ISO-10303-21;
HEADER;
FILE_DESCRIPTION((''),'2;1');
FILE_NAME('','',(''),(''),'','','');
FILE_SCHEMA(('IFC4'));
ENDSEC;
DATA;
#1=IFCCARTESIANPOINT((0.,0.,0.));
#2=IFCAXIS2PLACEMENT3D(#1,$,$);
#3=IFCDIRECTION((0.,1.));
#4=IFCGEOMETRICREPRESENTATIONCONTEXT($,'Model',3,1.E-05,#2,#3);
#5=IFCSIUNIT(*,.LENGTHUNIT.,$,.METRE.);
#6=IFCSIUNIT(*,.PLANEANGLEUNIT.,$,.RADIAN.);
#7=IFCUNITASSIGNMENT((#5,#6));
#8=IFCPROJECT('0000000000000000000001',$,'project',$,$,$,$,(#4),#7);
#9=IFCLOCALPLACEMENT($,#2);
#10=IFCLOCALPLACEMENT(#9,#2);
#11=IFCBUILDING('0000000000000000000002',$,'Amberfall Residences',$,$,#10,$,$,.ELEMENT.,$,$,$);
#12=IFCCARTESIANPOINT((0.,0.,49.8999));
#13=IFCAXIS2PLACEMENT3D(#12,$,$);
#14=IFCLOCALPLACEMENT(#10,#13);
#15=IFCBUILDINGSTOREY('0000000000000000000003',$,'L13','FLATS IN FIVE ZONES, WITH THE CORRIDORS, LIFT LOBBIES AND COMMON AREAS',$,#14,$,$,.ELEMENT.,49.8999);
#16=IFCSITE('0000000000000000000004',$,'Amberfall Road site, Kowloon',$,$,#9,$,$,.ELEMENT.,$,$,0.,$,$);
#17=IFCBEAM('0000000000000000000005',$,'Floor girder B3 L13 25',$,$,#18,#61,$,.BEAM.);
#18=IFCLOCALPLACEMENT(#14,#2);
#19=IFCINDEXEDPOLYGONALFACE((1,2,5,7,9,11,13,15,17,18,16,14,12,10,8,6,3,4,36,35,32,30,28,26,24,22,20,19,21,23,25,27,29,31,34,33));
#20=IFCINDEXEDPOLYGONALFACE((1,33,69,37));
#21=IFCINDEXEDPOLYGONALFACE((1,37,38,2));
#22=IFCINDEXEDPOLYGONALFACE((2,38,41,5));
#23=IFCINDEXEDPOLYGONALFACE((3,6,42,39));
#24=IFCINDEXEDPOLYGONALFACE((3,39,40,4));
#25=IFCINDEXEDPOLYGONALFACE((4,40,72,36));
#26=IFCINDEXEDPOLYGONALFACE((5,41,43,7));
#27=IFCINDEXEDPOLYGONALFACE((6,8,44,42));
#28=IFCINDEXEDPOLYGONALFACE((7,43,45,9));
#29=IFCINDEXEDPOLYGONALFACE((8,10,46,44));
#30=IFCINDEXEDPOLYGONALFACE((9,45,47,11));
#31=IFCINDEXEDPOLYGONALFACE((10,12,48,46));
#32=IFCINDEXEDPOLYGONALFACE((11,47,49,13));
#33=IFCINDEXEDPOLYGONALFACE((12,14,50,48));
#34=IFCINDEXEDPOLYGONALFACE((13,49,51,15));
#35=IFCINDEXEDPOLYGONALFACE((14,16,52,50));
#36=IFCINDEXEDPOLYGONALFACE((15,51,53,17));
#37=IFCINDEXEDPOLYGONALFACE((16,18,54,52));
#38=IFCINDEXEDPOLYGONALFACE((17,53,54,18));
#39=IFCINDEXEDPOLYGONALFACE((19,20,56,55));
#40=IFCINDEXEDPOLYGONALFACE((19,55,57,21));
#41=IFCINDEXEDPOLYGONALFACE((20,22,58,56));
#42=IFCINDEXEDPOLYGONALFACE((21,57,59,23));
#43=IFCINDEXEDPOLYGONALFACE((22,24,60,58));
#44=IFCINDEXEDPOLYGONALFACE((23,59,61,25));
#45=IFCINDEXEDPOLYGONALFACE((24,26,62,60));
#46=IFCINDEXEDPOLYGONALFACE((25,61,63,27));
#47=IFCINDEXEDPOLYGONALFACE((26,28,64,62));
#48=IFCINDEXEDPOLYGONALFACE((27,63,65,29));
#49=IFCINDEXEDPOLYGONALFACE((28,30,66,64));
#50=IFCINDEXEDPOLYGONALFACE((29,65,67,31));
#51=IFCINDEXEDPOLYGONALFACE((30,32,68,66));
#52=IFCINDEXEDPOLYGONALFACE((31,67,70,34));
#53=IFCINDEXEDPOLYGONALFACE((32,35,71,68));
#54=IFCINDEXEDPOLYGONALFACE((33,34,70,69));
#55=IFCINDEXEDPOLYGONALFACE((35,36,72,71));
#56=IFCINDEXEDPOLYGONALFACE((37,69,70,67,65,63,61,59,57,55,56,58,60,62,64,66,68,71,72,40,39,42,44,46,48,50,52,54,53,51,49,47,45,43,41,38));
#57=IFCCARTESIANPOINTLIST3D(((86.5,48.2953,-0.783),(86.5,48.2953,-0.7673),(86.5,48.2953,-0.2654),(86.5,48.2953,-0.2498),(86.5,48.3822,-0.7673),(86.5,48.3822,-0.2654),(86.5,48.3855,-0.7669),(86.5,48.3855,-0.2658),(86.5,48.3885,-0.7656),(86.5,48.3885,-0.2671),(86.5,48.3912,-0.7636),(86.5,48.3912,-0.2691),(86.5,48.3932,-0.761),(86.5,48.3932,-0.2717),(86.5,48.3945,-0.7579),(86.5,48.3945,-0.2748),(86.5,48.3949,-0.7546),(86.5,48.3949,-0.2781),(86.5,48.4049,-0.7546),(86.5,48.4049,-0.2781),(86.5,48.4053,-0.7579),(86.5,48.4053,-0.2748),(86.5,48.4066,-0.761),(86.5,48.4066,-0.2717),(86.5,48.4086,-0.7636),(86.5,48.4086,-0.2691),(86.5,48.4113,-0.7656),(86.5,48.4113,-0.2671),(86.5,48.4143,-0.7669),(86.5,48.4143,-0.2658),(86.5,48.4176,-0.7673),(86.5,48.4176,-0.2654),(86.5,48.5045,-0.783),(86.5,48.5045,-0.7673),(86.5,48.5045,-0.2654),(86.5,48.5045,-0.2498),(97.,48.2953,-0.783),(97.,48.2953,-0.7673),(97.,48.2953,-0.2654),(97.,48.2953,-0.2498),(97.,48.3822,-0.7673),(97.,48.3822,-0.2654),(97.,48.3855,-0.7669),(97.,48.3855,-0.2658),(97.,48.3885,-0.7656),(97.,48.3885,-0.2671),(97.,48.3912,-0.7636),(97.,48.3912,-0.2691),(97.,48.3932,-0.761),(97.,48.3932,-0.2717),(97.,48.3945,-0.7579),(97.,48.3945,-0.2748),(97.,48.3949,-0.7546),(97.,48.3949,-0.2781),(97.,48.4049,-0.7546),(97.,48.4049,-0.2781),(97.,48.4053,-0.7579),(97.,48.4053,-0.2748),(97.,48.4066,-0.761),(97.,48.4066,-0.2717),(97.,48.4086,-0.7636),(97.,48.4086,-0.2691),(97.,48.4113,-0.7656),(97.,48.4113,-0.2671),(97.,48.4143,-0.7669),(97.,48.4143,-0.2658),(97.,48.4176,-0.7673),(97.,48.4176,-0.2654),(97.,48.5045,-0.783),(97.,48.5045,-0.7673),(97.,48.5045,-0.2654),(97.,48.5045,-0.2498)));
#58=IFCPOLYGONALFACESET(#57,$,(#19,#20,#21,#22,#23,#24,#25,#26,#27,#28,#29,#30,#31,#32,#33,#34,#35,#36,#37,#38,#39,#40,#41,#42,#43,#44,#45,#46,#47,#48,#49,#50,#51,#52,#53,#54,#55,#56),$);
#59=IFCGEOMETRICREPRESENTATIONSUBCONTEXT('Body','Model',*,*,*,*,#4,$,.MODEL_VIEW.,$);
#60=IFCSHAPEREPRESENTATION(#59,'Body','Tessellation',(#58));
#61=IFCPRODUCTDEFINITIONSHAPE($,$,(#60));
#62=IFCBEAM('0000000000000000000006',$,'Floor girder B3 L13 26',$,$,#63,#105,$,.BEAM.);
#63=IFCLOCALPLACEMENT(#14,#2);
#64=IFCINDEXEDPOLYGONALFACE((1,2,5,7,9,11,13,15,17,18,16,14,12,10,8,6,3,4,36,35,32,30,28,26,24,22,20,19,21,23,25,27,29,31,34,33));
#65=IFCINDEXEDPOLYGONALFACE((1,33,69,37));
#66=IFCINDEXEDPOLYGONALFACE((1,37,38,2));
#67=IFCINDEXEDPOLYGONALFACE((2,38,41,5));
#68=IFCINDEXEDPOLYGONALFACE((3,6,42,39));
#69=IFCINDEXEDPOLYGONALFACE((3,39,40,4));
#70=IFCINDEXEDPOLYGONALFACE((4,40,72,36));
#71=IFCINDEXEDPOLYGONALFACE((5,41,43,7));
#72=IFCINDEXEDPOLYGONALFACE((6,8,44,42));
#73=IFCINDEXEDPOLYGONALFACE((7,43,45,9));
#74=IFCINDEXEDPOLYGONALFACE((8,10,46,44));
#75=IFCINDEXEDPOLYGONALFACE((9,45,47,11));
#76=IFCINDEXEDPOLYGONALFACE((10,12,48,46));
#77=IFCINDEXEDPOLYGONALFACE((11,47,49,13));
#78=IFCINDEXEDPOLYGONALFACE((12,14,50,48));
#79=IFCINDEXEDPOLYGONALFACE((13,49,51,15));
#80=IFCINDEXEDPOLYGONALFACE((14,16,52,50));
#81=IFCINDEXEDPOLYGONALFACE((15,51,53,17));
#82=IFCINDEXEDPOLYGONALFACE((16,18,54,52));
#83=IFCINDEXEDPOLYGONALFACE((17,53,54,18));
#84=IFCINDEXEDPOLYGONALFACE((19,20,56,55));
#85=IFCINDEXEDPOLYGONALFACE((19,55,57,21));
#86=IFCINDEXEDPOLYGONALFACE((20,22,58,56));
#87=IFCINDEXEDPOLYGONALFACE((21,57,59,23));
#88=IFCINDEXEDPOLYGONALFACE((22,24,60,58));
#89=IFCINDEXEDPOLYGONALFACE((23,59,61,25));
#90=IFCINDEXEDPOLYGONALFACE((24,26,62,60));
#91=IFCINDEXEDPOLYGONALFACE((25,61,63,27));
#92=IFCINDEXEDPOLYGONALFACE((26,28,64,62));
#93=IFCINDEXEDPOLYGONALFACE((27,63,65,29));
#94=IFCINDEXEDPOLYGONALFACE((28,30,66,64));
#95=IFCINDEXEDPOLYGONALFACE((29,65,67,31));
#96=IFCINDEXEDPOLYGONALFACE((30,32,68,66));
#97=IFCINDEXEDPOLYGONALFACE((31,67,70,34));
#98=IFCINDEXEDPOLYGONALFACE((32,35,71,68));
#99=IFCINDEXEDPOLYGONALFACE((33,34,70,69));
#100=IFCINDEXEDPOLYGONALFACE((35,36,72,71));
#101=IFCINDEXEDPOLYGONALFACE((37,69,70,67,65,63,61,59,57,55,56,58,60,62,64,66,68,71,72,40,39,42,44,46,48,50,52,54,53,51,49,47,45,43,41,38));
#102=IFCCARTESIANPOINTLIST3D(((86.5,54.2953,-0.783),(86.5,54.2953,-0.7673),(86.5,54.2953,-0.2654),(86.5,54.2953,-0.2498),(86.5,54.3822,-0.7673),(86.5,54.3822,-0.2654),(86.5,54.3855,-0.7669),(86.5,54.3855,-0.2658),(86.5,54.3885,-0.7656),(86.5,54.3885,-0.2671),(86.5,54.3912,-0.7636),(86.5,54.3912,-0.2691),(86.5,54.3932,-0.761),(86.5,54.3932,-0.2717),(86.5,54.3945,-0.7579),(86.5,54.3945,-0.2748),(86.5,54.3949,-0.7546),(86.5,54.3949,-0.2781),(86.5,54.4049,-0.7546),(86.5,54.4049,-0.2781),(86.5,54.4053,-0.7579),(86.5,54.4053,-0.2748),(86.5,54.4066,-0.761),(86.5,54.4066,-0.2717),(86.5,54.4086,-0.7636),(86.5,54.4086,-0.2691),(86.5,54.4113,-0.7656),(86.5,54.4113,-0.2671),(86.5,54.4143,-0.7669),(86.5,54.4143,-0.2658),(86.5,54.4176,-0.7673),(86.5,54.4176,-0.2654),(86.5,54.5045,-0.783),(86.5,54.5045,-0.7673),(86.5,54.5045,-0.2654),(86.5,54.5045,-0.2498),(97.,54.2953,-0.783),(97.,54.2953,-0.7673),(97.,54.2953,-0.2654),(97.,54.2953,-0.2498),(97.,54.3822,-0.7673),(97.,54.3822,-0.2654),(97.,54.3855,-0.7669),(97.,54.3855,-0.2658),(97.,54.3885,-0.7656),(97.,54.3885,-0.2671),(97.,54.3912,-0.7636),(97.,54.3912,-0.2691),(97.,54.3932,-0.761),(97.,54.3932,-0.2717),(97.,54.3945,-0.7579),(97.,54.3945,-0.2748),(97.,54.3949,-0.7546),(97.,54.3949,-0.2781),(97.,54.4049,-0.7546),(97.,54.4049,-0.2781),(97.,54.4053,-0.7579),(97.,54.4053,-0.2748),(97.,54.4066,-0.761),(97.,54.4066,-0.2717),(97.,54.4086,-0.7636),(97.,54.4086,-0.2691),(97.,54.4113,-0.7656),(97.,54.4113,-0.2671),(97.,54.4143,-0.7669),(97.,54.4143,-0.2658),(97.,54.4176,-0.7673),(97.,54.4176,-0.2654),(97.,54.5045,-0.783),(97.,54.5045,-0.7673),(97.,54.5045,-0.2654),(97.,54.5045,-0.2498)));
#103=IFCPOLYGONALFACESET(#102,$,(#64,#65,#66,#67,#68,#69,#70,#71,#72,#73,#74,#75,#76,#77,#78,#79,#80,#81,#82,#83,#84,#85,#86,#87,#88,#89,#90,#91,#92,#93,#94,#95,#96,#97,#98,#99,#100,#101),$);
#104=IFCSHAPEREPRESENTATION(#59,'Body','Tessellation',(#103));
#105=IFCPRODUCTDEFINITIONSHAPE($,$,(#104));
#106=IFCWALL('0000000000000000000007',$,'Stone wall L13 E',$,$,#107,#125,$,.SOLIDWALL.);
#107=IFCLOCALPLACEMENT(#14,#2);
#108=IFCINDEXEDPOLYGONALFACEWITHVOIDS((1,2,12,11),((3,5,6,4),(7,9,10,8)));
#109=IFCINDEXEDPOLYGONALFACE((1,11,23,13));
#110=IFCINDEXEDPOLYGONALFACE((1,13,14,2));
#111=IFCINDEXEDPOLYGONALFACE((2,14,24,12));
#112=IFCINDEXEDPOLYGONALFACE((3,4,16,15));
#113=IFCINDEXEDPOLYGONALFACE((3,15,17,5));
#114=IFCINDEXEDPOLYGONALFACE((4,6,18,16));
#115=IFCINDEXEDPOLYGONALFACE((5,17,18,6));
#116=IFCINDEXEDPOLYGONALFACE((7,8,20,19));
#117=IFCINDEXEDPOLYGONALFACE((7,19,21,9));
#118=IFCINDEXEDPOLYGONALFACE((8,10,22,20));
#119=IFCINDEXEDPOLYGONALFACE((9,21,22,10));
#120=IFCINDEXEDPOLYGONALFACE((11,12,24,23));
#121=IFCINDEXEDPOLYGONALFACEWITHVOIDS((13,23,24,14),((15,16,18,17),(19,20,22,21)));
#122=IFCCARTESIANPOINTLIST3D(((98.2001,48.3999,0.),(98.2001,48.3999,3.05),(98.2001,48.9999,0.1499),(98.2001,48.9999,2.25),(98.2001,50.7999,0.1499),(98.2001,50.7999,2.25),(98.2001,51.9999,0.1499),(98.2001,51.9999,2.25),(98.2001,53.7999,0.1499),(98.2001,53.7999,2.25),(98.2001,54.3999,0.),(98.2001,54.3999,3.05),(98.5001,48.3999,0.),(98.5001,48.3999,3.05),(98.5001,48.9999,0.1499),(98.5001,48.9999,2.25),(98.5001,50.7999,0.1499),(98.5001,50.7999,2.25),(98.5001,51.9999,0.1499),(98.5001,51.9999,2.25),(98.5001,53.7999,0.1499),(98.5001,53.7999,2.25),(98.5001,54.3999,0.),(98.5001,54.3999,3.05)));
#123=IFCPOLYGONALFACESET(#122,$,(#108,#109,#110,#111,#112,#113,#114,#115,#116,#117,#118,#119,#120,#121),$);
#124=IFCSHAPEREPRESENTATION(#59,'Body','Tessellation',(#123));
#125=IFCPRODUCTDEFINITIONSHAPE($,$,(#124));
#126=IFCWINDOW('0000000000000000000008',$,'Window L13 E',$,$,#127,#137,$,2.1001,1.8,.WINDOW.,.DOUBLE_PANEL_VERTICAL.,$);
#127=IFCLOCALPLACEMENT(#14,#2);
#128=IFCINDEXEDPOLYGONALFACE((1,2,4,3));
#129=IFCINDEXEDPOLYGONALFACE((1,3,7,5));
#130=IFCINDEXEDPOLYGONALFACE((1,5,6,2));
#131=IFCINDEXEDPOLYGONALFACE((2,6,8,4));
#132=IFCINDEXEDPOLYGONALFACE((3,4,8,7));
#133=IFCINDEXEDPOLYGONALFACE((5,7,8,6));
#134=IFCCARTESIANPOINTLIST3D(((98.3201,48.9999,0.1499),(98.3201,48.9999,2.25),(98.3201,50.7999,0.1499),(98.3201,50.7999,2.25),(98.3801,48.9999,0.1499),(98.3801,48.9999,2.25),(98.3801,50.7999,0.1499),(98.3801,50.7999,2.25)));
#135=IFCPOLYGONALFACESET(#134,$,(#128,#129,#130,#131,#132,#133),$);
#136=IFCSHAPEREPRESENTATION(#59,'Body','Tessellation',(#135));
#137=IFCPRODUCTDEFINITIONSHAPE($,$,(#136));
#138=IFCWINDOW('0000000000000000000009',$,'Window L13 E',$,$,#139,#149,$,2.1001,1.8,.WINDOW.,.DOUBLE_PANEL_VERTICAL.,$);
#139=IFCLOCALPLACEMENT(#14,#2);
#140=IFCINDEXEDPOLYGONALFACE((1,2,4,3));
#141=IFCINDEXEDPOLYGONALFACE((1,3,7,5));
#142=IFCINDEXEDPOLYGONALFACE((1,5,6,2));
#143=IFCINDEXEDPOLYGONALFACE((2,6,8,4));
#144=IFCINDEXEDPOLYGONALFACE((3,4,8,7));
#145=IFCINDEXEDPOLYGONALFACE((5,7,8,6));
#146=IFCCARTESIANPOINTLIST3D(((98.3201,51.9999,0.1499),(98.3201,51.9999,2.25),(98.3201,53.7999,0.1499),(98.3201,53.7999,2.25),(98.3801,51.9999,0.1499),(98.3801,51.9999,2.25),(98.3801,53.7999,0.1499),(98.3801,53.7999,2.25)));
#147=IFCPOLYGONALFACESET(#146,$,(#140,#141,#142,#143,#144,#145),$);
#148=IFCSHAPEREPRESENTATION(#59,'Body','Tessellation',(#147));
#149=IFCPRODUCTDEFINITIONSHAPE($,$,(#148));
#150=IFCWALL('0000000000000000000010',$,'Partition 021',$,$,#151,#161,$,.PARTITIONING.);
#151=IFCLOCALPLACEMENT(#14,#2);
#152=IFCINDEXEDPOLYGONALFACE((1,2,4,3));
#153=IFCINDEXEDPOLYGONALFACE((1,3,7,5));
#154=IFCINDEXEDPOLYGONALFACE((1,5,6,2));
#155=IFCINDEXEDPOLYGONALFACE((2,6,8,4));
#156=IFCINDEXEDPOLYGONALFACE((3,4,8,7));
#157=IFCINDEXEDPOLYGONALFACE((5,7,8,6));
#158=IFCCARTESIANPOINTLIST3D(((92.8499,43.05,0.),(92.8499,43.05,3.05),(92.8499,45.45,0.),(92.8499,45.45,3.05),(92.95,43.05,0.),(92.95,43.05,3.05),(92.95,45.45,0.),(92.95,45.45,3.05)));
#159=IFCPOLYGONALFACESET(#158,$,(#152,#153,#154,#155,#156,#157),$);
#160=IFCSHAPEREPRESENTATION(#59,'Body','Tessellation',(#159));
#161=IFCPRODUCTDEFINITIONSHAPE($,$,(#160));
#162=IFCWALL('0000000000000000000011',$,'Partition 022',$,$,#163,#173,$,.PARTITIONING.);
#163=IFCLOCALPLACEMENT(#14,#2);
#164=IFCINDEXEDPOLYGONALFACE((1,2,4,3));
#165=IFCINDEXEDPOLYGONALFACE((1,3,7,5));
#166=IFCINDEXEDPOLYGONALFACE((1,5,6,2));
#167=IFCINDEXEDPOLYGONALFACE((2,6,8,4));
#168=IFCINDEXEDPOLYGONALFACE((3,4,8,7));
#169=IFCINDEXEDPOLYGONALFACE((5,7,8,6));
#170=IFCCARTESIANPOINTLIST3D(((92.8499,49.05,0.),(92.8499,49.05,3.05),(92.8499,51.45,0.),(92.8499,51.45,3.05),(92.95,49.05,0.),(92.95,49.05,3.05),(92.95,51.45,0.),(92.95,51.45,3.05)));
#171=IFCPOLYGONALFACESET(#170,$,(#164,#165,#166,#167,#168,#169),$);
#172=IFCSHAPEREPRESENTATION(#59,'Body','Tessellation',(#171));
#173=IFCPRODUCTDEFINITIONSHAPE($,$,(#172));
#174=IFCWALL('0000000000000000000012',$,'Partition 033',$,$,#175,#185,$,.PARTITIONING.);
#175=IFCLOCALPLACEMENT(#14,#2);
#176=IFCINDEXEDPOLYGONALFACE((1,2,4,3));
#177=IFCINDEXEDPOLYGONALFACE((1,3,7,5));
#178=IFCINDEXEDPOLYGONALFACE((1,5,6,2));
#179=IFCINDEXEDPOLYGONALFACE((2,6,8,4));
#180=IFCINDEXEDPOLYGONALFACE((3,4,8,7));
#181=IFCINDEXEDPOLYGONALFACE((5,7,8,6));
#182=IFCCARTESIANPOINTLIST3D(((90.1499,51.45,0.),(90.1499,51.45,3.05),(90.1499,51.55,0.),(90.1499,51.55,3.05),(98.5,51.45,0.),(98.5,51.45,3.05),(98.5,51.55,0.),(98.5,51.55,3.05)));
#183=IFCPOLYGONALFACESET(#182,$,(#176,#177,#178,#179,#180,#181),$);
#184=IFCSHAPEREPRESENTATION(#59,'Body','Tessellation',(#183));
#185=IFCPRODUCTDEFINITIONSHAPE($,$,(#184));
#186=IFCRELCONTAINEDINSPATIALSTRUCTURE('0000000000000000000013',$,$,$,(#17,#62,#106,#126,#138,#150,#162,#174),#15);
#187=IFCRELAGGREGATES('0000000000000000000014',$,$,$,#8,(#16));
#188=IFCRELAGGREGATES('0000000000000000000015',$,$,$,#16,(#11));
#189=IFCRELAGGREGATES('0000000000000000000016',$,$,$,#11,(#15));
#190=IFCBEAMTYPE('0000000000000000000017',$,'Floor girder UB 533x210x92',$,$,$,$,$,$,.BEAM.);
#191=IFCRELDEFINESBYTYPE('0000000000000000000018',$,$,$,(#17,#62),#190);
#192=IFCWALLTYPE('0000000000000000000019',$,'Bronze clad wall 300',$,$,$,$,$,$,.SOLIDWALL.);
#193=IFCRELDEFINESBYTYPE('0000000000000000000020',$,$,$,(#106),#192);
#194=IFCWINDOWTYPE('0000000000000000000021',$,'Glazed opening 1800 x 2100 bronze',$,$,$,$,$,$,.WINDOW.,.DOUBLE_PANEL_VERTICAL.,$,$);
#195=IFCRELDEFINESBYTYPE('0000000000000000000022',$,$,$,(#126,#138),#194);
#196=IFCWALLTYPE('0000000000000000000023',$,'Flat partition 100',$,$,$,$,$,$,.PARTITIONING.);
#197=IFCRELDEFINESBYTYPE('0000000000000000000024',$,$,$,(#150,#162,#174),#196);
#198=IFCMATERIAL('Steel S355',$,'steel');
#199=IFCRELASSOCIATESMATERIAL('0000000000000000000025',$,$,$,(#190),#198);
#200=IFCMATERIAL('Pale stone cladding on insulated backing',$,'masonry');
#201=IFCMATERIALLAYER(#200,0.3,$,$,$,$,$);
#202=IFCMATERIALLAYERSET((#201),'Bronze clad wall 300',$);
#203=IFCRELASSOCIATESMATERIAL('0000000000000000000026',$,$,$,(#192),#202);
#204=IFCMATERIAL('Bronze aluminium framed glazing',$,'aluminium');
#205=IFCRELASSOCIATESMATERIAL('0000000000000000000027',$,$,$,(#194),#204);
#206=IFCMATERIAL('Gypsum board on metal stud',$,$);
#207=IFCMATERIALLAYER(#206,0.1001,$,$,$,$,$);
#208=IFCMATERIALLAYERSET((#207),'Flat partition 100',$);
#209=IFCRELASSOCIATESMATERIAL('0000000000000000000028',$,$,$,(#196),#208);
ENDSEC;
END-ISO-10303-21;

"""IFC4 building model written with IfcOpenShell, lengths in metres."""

from ifc_helpers import new_model, si_unit, direction, frame, frame_2d, origin, origin_2d, place, context, subcontext, project, spatial, rectangle, i_section, extrude, material, layer, layer_set, material_profile, profile_set, type_object, element, fill, save


model = new_model("IFC4")

# Units and contexts
model_context = context("Model", 3, precision=1e-05, world=origin(), true_north=direction((0.0, 1.0)))
body_context = subcontext(model_context, "Body", "Model", "MODEL_VIEW")
ifc_project = project(units=[si_unit("LENGTHUNIT", "METRE"), si_unit("PLANEANGLEUNIT", "RADIAN")], contexts=[model_context])

# Site, building, storey
site_placement = place(None, origin())
site = spatial("IfcSite", under=ifc_project, at=site_placement, Name="Amberfall Road site, Kowloon", CompositionType="ELEMENT", RefElevation=0.0)
building_placement = place(site_placement, origin())
building = spatial("IfcBuilding", under=site, at=building_placement, Name="Amberfall Residences", CompositionType="ELEMENT")
storey_placement = place(building_placement, frame((0.0, 0.0, 49.8999)))
storey = spatial("IfcBuildingStorey", under=building, at=storey_placement, Name="L13", Description="FLATS IN FIVE ZONES, WITH THE CORRIDORS, LIFT LOBBIES AND COMMON AREAS", CompositionType="ELEMENT", Elevation=49.8999)

# Beams
ifc_material_1 = material(Name="Steel S355", Category="steel")
ifc_material_profile_1 = material_profile(ifc_material_1, i_section(OverallWidth=0.2092, OverallDepth=0.5332, WebThickness=0.01, FlangeThickness=0.0156, FilletRadius=0.0127, at=origin_2d()), Name="UB 533x210x92")
ifc_profile_set_1 = profile_set([ifc_material_profile_1], Name="Steel S355")
beam_type_1 = type_object("IfcBeamType", Name="Floor girder UB 533x210x92", PredefinedType="BEAM", material=ifc_profile_set_1)
for number, where, z_axis, x_axis, name in (
    (1, (97.0, 48.3999, -0.5164), (-1.0, 0.0, 0.0), (0.0, -1.0, 0.0), "Floor girder B3 L13 25"),
    (2, (97.0, 54.3999, -0.5164), (-1.0, 0.0, 0.0), (0.0, -1.0, 0.0), "Floor girder B3 L13 26"),
):
    element("IfcBeam", number, at=place(storey_placement, frame(where, z_axis=z_axis, x_axis=x_axis)), inside=storey, type_object=beam_type_1, Name=name, PredefinedType="BEAM", context=body_context, shape_type="SweptSolid", body=[
        extrude(i_section(OverallWidth=0.2092, OverallDepth=0.5332, WebThickness=0.01, FlangeThickness=0.0156, FilletRadius=0.0127, at=origin_2d()), origin(), (0.0, 0.0, 1.0), 10.5),
    ])

# Wall, openings, windows
ifc_material_2 = material(Name="Pale stone cladding on insulated backing", Category="masonry")
ifc_layer_1 = layer(ifc_material_2, 0.3)
ifc_layer_set_1 = layer_set([ifc_layer_1], Name="Bronze clad wall 300")
wall_type_1 = type_object("IfcWallType", Name="Bronze clad wall 300", PredefinedType="SOLIDWALL", material=ifc_layer_set_1)
wall_1_placement = place(storey_placement, frame((98.3501, 48.3999, 0.0), z_axis=(0.0, 0.0, 1.0), x_axis=(0.0, 1.0, 0.0)))
wall_1 = element("IfcWall", 3, at=wall_1_placement, inside=storey, type_object=wall_type_1, Name="Stone wall L13 E", PredefinedType="SOLIDWALL", context=body_context, shape_type="SweptSolid", body=[
    extrude(rectangle(XDim=6.0, YDim=0.3, at=frame_2d((3.0, 0.0))), origin(), (0.0, 0.0, 1.0), 3.05),
])
opening_1_placement = place(wall_1_placement, frame((0.6001, 0.0, 0.1499)))
opening_1 = element("IfcOpeningElement", 4, at=opening_1_placement, cuts=wall_1, PredefinedType="OPENING", context=body_context, shape_type="SweptSolid", body=[
    extrude(rectangle(XDim=1.8, YDim=2.1001, at=frame_2d((0.8999, 1.05))), frame((0.0, 0.1599, 0.0), z_axis=(0.0, -1.0, 0.0), x_axis=(1.0, 0.0, 0.0)), (0.0, 0.0, 1.0), 0.3201),
])
opening_2_placement = place(wall_1_placement, frame((3.6001, 0.0, 0.1499)))
opening_2 = element("IfcOpeningElement", 5, at=opening_2_placement, cuts=wall_1, PredefinedType="OPENING", context=body_context, shape_type="SweptSolid", body=[
    extrude(rectangle(XDim=1.8, YDim=2.1001, at=frame_2d((0.8999, 1.05))), frame((0.0, 0.1599, 0.0), z_axis=(0.0, -1.0, 0.0), x_axis=(1.0, 0.0, 0.0)), (0.0, 0.0, 1.0), 0.3201),
])
ifc_material_3 = material(Name="Bronze aluminium framed glazing", Category="aluminium")
window_type = type_object("IfcWindowType", Name="Glazed opening 1800 x 2100 bronze", PartitioningType="DOUBLE_PANEL_VERTICAL", PredefinedType="WINDOW", material=ifc_material_3)
window_1_placement = place(opening_1_placement, origin())
window_1 = element("IfcWindow", 6, at=window_1_placement, inside=storey, type_object=window_type, Name="Window L13 E", OverallHeight=2.1001, OverallWidth=1.8, PartitioningType="DOUBLE_PANEL_VERTICAL", PredefinedType="WINDOW", context=body_context, shape_type="SweptSolid", body=[
    extrude(rectangle(XDim=1.8, YDim=2.1001, at=frame_2d((0.8999, 1.05))), frame((0.0, 0.03, 0.0), z_axis=(0.0, -1.0, 0.0), x_axis=(1.0, 0.0, 0.0)), (0.0, 0.0, 1.0), 0.0601),
])
fill(opening_1, window_1)
window_2_placement = place(opening_2_placement, origin())
window_2 = element("IfcWindow", 7, at=window_2_placement, inside=storey, type_object=window_type, Name="Window L13 E", OverallHeight=2.1001, OverallWidth=1.8, PartitioningType="DOUBLE_PANEL_VERTICAL", PredefinedType="WINDOW", context=body_context, shape_type="SweptSolid", body=[
    extrude(rectangle(XDim=1.8, YDim=2.1001, at=frame_2d((0.8999, 1.05))), frame((0.0, 0.03, 0.0), z_axis=(0.0, -1.0, 0.0), x_axis=(1.0, 0.0, 0.0)), (0.0, 0.0, 1.0), 0.0601),
])
fill(opening_2, window_2)

# Walls
ifc_material_4 = material(Name="Gypsum board on metal stud")
ifc_layer_2 = layer(ifc_material_4, 0.1001)
ifc_layer_set_2 = layer_set([ifc_layer_2], Name="Flat partition 100")
wall_type_2 = type_object("IfcWallType", Name="Flat partition 100", PredefinedType="PARTITIONING", material=ifc_layer_set_2)
for number, where, z_axis, x_axis, name in (
    (8, (92.8999, 43.05, 0.0), (0.0, 0.0, 1.0), (0.0, 1.0, 0.0), "Partition 021"),
    (9, (92.8999, 49.05, 0.0), (0.0, 0.0, 1.0), (0.0, 1.0, 0.0), "Partition 022"),
):
    element("IfcWall", number, at=place(storey_placement, frame(where, z_axis=z_axis, x_axis=x_axis)), inside=storey, type_object=wall_type_2, Name=name, PredefinedType="PARTITIONING", context=body_context, shape_type="SweptSolid", body=[
        extrude(rectangle(XDim=2.3999, YDim=0.1001, at=frame_2d((1.2, 0.0))), origin(), (0.0, 0.0, 1.0), 3.05),
    ])
wall_2_placement = place(storey_placement, frame((90.1499, 51.5, 0.0), z_axis=(0.0, 0.0, 1.0), x_axis=(1.0, 0.0, 0.0)))
element("IfcWall", 10, at=wall_2_placement, inside=storey, type_object=wall_type_2, Name="Partition 033", PredefinedType="PARTITIONING", context=body_context, shape_type="SweptSolid", body=[
    extrude(rectangle(XDim=8.3501, YDim=0.1001, at=frame_2d((4.175, 0.0))), origin(), (0.0, 0.0, 1.0), 3.05),
])

save(model, "model.ifc")
